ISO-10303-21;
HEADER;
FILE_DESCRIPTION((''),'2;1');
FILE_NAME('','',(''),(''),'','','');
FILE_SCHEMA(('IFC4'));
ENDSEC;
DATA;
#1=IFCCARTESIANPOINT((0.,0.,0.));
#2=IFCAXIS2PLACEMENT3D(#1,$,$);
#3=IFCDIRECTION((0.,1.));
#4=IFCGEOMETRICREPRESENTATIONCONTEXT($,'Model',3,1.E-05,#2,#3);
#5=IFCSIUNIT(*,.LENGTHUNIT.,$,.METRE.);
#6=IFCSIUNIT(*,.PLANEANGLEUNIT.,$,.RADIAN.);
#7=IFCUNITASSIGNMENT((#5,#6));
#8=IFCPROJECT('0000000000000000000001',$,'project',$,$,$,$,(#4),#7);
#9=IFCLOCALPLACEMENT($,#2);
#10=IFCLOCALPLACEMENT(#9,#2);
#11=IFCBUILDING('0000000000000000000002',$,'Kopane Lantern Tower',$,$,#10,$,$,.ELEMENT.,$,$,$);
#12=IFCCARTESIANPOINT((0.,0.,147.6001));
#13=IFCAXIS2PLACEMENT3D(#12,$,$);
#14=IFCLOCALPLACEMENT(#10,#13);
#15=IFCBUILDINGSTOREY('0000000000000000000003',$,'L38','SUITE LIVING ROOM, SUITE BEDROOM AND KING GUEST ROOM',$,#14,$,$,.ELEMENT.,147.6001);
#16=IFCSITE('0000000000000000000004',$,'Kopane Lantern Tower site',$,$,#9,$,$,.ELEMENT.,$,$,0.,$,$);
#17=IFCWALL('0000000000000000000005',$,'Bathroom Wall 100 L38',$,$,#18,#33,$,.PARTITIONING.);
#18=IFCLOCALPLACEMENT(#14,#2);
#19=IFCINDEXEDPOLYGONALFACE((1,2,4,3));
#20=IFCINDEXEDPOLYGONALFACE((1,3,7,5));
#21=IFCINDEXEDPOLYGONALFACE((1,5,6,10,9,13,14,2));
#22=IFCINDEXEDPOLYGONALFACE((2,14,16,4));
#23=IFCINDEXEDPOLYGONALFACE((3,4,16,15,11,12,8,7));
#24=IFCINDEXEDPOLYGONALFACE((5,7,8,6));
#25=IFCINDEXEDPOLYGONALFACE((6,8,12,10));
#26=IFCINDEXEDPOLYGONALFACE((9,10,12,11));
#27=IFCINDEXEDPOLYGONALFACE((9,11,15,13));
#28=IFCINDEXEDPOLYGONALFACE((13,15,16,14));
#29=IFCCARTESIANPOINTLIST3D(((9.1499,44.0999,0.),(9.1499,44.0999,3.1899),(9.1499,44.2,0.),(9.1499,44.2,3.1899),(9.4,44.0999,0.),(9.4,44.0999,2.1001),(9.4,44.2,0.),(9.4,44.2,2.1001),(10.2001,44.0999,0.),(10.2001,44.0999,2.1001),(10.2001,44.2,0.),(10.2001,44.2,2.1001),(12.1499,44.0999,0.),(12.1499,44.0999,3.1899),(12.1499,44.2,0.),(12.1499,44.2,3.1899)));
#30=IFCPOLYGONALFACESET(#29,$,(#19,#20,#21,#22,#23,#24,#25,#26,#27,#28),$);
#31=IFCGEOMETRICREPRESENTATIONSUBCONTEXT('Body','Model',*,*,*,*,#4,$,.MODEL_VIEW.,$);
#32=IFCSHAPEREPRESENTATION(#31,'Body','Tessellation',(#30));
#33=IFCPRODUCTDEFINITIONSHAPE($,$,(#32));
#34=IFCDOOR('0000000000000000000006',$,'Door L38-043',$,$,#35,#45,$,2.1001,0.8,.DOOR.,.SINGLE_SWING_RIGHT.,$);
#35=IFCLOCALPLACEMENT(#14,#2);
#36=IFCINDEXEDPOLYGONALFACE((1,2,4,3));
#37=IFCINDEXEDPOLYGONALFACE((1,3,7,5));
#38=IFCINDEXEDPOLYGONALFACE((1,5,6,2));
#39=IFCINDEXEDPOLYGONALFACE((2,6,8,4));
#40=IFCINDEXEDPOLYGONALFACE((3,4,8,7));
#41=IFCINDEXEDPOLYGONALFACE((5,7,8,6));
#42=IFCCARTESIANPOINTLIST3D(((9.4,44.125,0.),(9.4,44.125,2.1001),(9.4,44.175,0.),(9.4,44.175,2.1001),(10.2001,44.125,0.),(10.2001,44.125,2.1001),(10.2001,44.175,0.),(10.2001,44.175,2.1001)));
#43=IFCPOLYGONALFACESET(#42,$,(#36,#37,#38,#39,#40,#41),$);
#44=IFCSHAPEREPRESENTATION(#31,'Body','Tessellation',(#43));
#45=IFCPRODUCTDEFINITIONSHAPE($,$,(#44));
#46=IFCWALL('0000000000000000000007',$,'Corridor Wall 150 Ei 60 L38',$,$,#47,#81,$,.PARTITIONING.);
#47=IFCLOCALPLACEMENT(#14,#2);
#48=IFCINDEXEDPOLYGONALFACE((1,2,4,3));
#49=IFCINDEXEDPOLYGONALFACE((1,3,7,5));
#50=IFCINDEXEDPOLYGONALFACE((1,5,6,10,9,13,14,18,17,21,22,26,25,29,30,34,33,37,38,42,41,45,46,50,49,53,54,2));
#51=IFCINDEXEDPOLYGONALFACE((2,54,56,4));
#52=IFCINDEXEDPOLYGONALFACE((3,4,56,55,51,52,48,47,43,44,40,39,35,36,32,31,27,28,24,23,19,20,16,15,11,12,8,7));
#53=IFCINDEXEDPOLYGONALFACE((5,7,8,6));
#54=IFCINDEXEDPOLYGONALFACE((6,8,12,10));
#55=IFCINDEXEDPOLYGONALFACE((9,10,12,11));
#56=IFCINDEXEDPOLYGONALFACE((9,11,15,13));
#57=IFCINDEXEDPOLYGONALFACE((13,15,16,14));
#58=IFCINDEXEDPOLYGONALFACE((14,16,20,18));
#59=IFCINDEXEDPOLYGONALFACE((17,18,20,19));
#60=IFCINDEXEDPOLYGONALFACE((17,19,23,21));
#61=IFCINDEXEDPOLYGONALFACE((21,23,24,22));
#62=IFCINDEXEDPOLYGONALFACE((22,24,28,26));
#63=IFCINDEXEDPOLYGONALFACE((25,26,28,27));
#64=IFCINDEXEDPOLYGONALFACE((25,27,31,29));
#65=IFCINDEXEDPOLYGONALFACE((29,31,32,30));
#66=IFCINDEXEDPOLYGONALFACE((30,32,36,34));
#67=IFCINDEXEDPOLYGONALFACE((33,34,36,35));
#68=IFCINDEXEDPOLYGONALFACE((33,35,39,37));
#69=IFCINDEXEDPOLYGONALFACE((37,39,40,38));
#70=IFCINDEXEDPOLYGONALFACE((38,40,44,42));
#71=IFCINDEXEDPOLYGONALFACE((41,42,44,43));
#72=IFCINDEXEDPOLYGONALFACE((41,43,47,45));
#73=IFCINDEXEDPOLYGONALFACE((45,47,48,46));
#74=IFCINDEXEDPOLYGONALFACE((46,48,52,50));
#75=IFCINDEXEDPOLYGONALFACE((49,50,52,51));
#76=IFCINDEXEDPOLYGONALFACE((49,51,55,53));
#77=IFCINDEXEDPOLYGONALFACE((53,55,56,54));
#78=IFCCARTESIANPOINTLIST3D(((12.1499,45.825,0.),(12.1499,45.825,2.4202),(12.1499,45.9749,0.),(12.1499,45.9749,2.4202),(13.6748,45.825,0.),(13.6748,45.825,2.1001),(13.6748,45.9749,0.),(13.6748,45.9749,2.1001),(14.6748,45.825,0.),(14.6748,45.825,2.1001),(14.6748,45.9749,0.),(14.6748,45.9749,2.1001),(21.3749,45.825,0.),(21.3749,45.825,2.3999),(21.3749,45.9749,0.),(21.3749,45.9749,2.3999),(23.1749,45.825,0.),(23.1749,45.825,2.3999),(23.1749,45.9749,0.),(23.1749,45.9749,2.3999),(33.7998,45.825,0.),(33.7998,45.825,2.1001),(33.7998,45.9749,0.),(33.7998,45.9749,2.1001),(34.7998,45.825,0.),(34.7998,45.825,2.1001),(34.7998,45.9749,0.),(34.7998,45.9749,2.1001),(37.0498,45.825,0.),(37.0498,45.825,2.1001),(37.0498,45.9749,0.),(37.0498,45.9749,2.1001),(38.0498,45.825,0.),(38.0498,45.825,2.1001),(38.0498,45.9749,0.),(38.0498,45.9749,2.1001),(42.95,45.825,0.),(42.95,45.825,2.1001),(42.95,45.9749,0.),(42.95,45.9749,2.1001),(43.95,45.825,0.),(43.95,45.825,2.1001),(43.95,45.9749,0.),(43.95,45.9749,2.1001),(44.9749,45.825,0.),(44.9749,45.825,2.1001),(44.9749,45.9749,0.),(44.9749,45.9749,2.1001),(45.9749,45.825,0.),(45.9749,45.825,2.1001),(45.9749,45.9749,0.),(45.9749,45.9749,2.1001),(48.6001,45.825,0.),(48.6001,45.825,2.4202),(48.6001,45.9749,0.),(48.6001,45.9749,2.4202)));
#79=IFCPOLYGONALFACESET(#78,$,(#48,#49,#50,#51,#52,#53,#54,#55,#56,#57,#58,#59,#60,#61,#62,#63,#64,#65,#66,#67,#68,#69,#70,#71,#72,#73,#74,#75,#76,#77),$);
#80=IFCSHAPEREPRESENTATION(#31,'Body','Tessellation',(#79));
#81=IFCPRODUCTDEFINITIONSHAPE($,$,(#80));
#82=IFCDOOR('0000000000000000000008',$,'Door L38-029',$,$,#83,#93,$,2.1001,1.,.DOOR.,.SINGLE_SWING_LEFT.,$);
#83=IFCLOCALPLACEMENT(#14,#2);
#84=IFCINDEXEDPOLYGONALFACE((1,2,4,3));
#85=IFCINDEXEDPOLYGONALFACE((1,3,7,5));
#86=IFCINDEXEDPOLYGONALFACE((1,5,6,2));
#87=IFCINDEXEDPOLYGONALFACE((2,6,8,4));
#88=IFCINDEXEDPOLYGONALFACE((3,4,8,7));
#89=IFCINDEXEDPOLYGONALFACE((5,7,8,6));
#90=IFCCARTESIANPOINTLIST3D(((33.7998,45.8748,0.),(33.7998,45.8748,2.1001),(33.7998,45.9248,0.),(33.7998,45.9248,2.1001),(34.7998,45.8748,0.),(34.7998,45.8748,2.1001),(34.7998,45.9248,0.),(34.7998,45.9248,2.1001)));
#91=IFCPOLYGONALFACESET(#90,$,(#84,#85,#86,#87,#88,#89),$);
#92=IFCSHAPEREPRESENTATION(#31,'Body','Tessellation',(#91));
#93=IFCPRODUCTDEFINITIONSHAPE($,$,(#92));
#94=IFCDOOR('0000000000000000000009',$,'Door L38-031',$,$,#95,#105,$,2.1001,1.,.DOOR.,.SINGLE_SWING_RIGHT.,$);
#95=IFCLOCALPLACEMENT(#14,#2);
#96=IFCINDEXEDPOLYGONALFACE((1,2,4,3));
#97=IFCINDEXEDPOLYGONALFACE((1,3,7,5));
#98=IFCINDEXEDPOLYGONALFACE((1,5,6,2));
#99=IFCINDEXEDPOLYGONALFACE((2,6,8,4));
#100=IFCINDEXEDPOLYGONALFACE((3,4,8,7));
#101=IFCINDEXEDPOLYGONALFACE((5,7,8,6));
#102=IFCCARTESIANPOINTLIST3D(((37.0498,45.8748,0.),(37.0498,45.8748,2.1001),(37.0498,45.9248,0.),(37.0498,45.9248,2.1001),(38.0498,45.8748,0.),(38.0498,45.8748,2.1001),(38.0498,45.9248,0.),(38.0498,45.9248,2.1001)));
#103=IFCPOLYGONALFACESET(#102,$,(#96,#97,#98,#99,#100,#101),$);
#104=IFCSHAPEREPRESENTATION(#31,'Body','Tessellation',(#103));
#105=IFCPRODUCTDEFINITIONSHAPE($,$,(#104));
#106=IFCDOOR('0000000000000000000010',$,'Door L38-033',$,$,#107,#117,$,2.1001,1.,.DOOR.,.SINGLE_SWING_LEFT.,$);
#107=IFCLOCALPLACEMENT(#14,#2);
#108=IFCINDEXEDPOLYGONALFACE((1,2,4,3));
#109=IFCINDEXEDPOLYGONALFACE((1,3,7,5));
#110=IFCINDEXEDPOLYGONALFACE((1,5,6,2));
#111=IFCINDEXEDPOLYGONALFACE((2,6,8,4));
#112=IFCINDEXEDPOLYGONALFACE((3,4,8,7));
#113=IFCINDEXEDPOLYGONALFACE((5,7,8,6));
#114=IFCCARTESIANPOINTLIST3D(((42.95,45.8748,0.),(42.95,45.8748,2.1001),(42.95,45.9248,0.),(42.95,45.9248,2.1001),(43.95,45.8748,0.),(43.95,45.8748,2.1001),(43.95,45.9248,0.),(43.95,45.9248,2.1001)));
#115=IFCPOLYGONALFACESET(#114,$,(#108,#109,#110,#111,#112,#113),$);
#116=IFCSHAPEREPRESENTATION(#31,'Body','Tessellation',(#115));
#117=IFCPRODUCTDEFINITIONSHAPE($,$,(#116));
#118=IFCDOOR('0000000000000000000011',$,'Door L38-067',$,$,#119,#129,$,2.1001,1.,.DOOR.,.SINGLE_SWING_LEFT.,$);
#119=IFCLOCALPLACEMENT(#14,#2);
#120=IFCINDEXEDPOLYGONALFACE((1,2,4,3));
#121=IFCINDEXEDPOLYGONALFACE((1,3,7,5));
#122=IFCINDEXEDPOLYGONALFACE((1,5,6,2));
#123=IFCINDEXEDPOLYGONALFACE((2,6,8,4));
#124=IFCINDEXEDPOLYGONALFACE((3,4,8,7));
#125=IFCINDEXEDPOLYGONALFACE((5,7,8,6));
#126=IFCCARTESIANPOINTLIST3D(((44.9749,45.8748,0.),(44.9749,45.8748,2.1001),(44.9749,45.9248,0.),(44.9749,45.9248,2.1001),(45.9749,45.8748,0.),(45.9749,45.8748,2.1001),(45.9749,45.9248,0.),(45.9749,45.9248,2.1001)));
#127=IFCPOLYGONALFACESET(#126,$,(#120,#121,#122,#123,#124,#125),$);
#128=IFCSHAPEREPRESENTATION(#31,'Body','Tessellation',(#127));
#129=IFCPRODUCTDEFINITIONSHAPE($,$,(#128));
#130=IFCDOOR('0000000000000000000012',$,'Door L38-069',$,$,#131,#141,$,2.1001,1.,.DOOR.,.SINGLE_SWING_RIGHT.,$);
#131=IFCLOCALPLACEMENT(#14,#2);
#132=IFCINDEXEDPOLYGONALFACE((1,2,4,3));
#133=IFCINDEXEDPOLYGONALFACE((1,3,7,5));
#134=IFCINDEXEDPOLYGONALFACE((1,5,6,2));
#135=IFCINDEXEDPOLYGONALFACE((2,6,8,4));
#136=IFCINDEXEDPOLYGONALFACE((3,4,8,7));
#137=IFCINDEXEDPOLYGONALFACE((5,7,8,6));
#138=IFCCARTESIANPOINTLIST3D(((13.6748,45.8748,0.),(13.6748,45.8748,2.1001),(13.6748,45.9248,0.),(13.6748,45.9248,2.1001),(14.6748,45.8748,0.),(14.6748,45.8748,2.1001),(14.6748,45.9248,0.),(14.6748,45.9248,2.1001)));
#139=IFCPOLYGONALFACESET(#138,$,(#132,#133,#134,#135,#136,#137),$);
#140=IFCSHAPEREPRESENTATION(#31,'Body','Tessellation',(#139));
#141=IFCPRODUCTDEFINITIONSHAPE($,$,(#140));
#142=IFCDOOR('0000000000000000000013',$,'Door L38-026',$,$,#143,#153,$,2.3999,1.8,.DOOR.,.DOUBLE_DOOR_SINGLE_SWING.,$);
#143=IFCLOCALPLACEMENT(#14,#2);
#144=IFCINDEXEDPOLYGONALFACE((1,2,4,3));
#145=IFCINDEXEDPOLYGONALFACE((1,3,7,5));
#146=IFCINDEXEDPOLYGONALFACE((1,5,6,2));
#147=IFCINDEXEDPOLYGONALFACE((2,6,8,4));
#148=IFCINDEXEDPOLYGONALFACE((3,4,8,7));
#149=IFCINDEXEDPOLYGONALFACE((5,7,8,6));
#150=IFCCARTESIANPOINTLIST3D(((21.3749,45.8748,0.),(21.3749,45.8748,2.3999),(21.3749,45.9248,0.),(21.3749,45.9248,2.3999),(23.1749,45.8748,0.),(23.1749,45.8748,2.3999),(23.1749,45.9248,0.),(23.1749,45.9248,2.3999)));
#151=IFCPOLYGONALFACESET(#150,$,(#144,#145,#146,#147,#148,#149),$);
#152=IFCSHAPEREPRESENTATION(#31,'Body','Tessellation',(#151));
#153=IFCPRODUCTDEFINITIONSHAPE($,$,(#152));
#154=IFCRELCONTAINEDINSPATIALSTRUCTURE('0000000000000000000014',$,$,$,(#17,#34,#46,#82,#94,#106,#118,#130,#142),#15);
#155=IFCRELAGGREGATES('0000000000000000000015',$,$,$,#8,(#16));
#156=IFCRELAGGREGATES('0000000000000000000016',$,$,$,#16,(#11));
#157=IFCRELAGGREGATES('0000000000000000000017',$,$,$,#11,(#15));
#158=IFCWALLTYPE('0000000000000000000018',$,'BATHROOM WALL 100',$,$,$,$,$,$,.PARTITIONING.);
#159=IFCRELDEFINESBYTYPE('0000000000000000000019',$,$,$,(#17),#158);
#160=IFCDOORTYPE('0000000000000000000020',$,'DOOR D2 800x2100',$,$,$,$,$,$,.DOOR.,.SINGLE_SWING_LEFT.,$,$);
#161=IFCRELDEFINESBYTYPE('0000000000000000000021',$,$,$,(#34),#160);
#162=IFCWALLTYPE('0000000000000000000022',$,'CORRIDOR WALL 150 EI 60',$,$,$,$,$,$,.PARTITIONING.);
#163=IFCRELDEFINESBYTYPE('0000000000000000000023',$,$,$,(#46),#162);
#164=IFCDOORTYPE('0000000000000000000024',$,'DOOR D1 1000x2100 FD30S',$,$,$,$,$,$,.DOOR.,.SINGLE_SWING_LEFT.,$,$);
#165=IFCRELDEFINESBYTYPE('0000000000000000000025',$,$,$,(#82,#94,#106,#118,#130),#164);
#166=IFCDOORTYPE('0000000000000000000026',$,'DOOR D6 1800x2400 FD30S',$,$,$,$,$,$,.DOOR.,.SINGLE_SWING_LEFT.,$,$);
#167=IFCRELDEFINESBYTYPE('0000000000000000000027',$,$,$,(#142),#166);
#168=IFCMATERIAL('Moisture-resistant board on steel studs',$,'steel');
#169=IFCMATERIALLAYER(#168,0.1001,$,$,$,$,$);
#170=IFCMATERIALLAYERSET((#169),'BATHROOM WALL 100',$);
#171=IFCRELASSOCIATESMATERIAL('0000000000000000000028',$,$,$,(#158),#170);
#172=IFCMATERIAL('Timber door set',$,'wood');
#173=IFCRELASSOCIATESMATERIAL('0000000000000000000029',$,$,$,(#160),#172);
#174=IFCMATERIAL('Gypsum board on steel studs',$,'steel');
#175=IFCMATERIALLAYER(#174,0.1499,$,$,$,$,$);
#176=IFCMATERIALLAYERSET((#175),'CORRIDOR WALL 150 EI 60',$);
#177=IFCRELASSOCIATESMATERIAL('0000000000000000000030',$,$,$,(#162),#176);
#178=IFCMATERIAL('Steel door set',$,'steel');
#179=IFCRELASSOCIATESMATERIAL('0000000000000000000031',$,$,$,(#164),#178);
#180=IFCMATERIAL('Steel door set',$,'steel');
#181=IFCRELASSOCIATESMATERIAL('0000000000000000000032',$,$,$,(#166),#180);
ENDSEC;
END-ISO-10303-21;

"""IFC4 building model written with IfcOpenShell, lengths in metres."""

from ifc_helpers import new_model, si_unit, direction, frame, frame_2d, origin, place, context, subcontext, project, spatial, rectangle, extrude, material, layer, layer_set, type_object, element, fill, save


model = new_model("IFC4")

# Units and contexts
model_context = context("Model", 3, precision=1e-05, world=origin(), true_north=direction((0.0, 1.0)))
body_context = subcontext(model_context, "Body", "Model", "MODEL_VIEW")
ifc_project = project(units=[si_unit("LENGTHUNIT", "METRE"), si_unit("PLANEANGLEUNIT", "RADIAN")], contexts=[model_context])

# Site, building, storey
site_placement = place(None, origin())
site = spatial("IfcSite", under=ifc_project, at=site_placement, Name="Kopane Lantern Tower site", CompositionType="ELEMENT", RefElevation=0.0)
building_placement = place(site_placement, origin())
building = spatial("IfcBuilding", under=site, at=building_placement, Name="Kopane Lantern Tower", CompositionType="ELEMENT")
storey_placement = place(building_placement, frame((0.0, 0.0, 147.6001)))
storey = spatial("IfcBuildingStorey", under=building, at=storey_placement, Name="L38", Description="SUITE LIVING ROOM, SUITE BEDROOM AND KING GUEST ROOM", CompositionType="ELEMENT", Elevation=147.6001)

# Wall, opening, door
ifc_material_1 = material(Name="Moisture-resistant board on steel studs", Category="steel")
ifc_layer_1 = layer(ifc_material_1, 0.1001)
ifc_layer_set_1 = layer_set([ifc_layer_1], Name="BATHROOM WALL 100")
wall_type_1 = type_object("IfcWallType", Name="BATHROOM WALL 100", PredefinedType="PARTITIONING", material=ifc_layer_set_1)
wall_1_placement = place(storey_placement, frame((12.1499, 44.1499, 0.0), z_axis=(0.0, 0.0, 1.0), x_axis=(-1.0, 0.0, 0.0)))
wall_1 = element("IfcWall", 1, at=wall_1_placement, inside=storey, type_object=wall_type_1, Name="Bathroom Wall 100 L38", PredefinedType="PARTITIONING", context=body_context, shape_type="SweptSolid", body=[
    extrude(rectangle(XDim=3.0, YDim=0.1001, at=frame_2d((1.5, 0.0))), origin(), (0.0, 0.0, 1.0), 3.1899),
])
opening_1_placement = place(wall_1_placement, frame((1.95, 0.0, 0.0)))
opening_1 = element("IfcOpeningElement", 2, at=opening_1_placement, cuts=wall_1, PredefinedType="OPENING", context=body_context, shape_type="SweptSolid", body=[
    extrude(rectangle(XDim=0.8, YDim=2.1001, at=frame_2d((0.3999, 1.05))), frame((0.0, 0.0601, 0.0), z_axis=(0.0, -1.0, 0.0), x_axis=(1.0, 0.0, 0.0)), (0.0, 0.0, 1.0), 0.1201),
])
ifc_material_2 = material(Name="Timber door set", Category="wood")
door_type_1 = type_object("IfcDoorType", Name="DOOR D2 800x2100", OperationType="SINGLE_SWING_LEFT", PredefinedType="DOOR", material=ifc_material_2)
door_1_placement = place(opening_1_placement, origin())
door_1 = element("IfcDoor", 3, at=door_1_placement, inside=storey, type_object=door_type_1, Name="Door L38-043", OperationType="SINGLE_SWING_RIGHT", OverallHeight=2.1001, OverallWidth=0.8, PredefinedType="DOOR", context=body_context, shape_type="SweptSolid", body=[
    extrude(rectangle(XDim=0.8, YDim=2.1001, at=frame_2d((0.3999, 1.05))), frame((0.0, 0.0249, 0.0), z_axis=(0.0, -1.0, 0.0), x_axis=(1.0, 0.0, 0.0)), (0.0, 0.0, 1.0), 0.05),
])
fill(opening_1, door_1)

# Wall, openings, doors
ifc_material_3 = material(Name="Gypsum board on steel studs", Category="steel")
ifc_layer_2 = layer(ifc_material_3, 0.1499)
ifc_layer_set_2 = layer_set([ifc_layer_2], Name="CORRIDOR WALL 150 EI 60")
wall_type_2 = type_object("IfcWallType", Name="CORRIDOR WALL 150 EI 60", PredefinedType="PARTITIONING", material=ifc_layer_set_2)
wall_2_placement = place(storey_placement, frame((12.1499, 45.8999, 0.0), z_axis=(0.0, 0.0, 1.0), x_axis=(1.0, 0.0, 0.0)))
wall_2 = element("IfcWall", 4, at=wall_2_placement, inside=storey, type_object=wall_type_2, Name="Corridor Wall 150 Ei 60 L38", PredefinedType="PARTITIONING", context=body_context, shape_type="SweptSolid", body=[
    extrude(rectangle(XDim=36.4502, YDim=0.1499, at=frame_2d((18.2251, 0.0))), origin(), (0.0, 0.0, 1.0), 2.4202),
])
opening_2_placement = place(wall_2_placement, frame((9.2251, 0.0, 0.0)))
opening_2 = element("IfcOpeningElement", 5, at=opening_2_placement, cuts=wall_2, PredefinedType="OPENING", context=body_context, shape_type="SweptSolid", body=[
    extrude(rectangle(XDim=1.8, YDim=2.3999, at=frame_2d((0.8999, 1.2))), frame((0.0, 0.085, 0.0), z_axis=(0.0, -1.0, 0.0), x_axis=(1.0, 0.0, 0.0)), (0.0, 0.0, 1.0), 0.1699),
])
opening_3_placement = place(wall_2_placement, frame((21.6499, 0.0, 0.0)))
opening_3 = element("IfcOpeningElement", 6, at=opening_3_placement, cuts=wall_2, PredefinedType="OPENING", context=body_context, shape_type="SweptSolid", body=[
    extrude(rectangle(XDim=1.0, YDim=2.1001, at=frame_2d((0.5, 1.05))), frame((0.0, 0.085, 0.0), z_axis=(0.0, -1.0, 0.0), x_axis=(1.0, 0.0, 0.0)), (0.0, 0.0, 1.0), 0.1699),
])
opening_4_placement = place(wall_2_placement, frame((24.8999, 0.0, 0.0)))
opening_4 = element("IfcOpeningElement", 7, at=opening_4_placement, cuts=wall_2, PredefinedType="OPENING", context=body_context, shape_type="SweptSolid", body=[
    extrude(rectangle(XDim=1.0, YDim=2.1001, at=frame_2d((0.5, 1.05))), frame((0.0, 0.085, 0.0), z_axis=(0.0, -1.0, 0.0), x_axis=(1.0, 0.0, 0.0)), (0.0, 0.0, 1.0), 0.1699),
])
opening_5_placement = place(wall_2_placement, frame((30.8, 0.0, 0.0)))
opening_5 = element("IfcOpeningElement", 8, at=opening_5_placement, cuts=wall_2, PredefinedType="OPENING", context=body_context, shape_type="SweptSolid", body=[
    extrude(rectangle(XDim=1.0, YDim=2.1001, at=frame_2d((0.5, 1.05))), frame((0.0, 0.085, 0.0), z_axis=(0.0, -1.0, 0.0), x_axis=(1.0, 0.0, 0.0)), (0.0, 0.0, 1.0), 0.1699),
])
opening_6_placement = place(wall_2_placement, frame((32.825, 0.0, 0.0)))
opening_6 = element("IfcOpeningElement", 9, at=opening_6_placement, cuts=wall_2, PredefinedType="OPENING", context=body_context, shape_type="SweptSolid", body=[
    extrude(rectangle(XDim=1.0, YDim=2.1001, at=frame_2d((0.5, 1.05))), frame((0.0, 0.085, 0.0), z_axis=(0.0, -1.0, 0.0), x_axis=(1.0, 0.0, 0.0)), (0.0, 0.0, 1.0), 0.1699),
])
opening_7_placement = place(wall_2_placement, frame((1.5249, 0.0, 0.0)))
opening_7 = element("IfcOpeningElement", 10, at=opening_7_placement, cuts=wall_2, PredefinedType="OPENING", context=body_context, shape_type="SweptSolid", body=[
    extrude(rectangle(XDim=1.0, YDim=2.1001, at=frame_2d((0.5, 1.05))), frame((0.0, 0.085, 0.0), z_axis=(0.0, -1.0, 0.0), x_axis=(1.0, 0.0, 0.0)), (0.0, 0.0, 1.0), 0.1699),
])
ifc_material_4 = material(Name="Steel door set", Category="steel")
door_type_2 = type_object("IfcDoorType", Name="DOOR D1 1000x2100 FD30S", OperationType="SINGLE_SWING_LEFT", PredefinedType="DOOR", material=ifc_material_4)
door_2_placement = place(opening_3_placement, origin())
door_2 = element("IfcDoor", 11, at=door_2_placement, inside=storey, type_object=door_type_2, Name="Door L38-029", OperationType="SINGLE_SWING_LEFT", OverallHeight=2.1001, OverallWidth=1.0, PredefinedType="DOOR", context=body_context, shape_type="SweptSolid", body=[
    extrude(rectangle(XDim=1.0, YDim=2.1001, at=frame_2d((0.5, 1.05))), frame((0.0, 0.0249, 0.0), z_axis=(0.0, -1.0, 0.0), x_axis=(1.0, 0.0, 0.0)), (0.0, 0.0, 1.0), 0.05),
])
fill(opening_3, door_2)
door_3_placement = place(opening_4_placement, origin())
door_3 = element("IfcDoor", 12, at=door_3_placement, inside=storey, type_object=door_type_2, Name="Door L38-031", OperationType="SINGLE_SWING_RIGHT", OverallHeight=2.1001, OverallWidth=1.0, PredefinedType="DOOR", context=body_context, shape_type="SweptSolid", body=[
    extrude(rectangle(XDim=1.0, YDim=2.1001, at=frame_2d((0.5, 1.05))), frame((0.0, 0.0249, 0.0), z_axis=(0.0, -1.0, 0.0), x_axis=(1.0, 0.0, 0.0)), (0.0, 0.0, 1.0), 0.05),
])
fill(opening_4, door_3)
door_4_placement = place(opening_5_placement, origin())
door_4 = element("IfcDoor", 13, at=door_4_placement, inside=storey, type_object=door_type_2, Name="Door L38-033", OperationType="SINGLE_SWING_LEFT", OverallHeight=2.1001, OverallWidth=1.0, PredefinedType="DOOR", context=body_context, shape_type="SweptSolid", body=[
    extrude(rectangle(XDim=1.0, YDim=2.1001, at=frame_2d((0.5, 1.05))), frame((0.0, 0.0249, 0.0), z_axis=(0.0, -1.0, 0.0), x_axis=(1.0, 0.0, 0.0)), (0.0, 0.0, 1.0), 0.05),
])
fill(opening_5, door_4)
door_5_placement = place(opening_6_placement, origin())
door_5 = element("IfcDoor", 14, at=door_5_placement, inside=storey, type_object=door_type_2, Name="Door L38-067", OperationType="SINGLE_SWING_LEFT", OverallHeight=2.1001, OverallWidth=1.0, PredefinedType="DOOR", context=body_context, shape_type="SweptSolid", body=[
    extrude(rectangle(XDim=1.0, YDim=2.1001, at=frame_2d((0.5, 1.05))), frame((0.0, 0.0249, 0.0), z_axis=(0.0, -1.0, 0.0), x_axis=(1.0, 0.0, 0.0)), (0.0, 0.0, 1.0), 0.05),
])
fill(opening_6, door_5)
door_6_placement = place(opening_7_placement, origin())
door_6 = element("IfcDoor", 15, at=door_6_placement, inside=storey, type_object=door_type_2, Name="Door L38-069", OperationType="SINGLE_SWING_RIGHT", OverallHeight=2.1001, OverallWidth=1.0, PredefinedType="DOOR", context=body_context, shape_type="SweptSolid", body=[
    extrude(rectangle(XDim=1.0, YDim=2.1001, at=frame_2d((0.5, 1.05))), frame((0.0, 0.0249, 0.0), z_axis=(0.0, -1.0, 0.0), x_axis=(1.0, 0.0, 0.0)), (0.0, 0.0, 1.0), 0.05),
])
fill(opening_7, door_6)
ifc_material_5 = material(Name="Steel door set", Category="steel")
door_type_3 = type_object("IfcDoorType", Name="DOOR D6 1800x2400 FD30S", OperationType="SINGLE_SWING_LEFT", PredefinedType="DOOR", material=ifc_material_5)
door_7_placement = place(opening_2_placement, origin())
door_7 = element("IfcDoor", 16, at=door_7_placement, inside=storey, type_object=door_type_3, Name="Door L38-026", OperationType="DOUBLE_DOOR_SINGLE_SWING", OverallHeight=2.3999, OverallWidth=1.8, PredefinedType="DOOR", context=body_context, shape_type="SweptSolid", body=[
    extrude(rectangle(XDim=1.8, YDim=2.3999, at=frame_2d((0.8999, 1.2))), frame((0.0, 0.0249, 0.0), z_axis=(0.0, -1.0, 0.0), x_axis=(1.0, 0.0, 0.0)), (0.0, 0.0, 1.0), 0.05),
])
fill(opening_2, door_7)

save(model, "model.ifc")
